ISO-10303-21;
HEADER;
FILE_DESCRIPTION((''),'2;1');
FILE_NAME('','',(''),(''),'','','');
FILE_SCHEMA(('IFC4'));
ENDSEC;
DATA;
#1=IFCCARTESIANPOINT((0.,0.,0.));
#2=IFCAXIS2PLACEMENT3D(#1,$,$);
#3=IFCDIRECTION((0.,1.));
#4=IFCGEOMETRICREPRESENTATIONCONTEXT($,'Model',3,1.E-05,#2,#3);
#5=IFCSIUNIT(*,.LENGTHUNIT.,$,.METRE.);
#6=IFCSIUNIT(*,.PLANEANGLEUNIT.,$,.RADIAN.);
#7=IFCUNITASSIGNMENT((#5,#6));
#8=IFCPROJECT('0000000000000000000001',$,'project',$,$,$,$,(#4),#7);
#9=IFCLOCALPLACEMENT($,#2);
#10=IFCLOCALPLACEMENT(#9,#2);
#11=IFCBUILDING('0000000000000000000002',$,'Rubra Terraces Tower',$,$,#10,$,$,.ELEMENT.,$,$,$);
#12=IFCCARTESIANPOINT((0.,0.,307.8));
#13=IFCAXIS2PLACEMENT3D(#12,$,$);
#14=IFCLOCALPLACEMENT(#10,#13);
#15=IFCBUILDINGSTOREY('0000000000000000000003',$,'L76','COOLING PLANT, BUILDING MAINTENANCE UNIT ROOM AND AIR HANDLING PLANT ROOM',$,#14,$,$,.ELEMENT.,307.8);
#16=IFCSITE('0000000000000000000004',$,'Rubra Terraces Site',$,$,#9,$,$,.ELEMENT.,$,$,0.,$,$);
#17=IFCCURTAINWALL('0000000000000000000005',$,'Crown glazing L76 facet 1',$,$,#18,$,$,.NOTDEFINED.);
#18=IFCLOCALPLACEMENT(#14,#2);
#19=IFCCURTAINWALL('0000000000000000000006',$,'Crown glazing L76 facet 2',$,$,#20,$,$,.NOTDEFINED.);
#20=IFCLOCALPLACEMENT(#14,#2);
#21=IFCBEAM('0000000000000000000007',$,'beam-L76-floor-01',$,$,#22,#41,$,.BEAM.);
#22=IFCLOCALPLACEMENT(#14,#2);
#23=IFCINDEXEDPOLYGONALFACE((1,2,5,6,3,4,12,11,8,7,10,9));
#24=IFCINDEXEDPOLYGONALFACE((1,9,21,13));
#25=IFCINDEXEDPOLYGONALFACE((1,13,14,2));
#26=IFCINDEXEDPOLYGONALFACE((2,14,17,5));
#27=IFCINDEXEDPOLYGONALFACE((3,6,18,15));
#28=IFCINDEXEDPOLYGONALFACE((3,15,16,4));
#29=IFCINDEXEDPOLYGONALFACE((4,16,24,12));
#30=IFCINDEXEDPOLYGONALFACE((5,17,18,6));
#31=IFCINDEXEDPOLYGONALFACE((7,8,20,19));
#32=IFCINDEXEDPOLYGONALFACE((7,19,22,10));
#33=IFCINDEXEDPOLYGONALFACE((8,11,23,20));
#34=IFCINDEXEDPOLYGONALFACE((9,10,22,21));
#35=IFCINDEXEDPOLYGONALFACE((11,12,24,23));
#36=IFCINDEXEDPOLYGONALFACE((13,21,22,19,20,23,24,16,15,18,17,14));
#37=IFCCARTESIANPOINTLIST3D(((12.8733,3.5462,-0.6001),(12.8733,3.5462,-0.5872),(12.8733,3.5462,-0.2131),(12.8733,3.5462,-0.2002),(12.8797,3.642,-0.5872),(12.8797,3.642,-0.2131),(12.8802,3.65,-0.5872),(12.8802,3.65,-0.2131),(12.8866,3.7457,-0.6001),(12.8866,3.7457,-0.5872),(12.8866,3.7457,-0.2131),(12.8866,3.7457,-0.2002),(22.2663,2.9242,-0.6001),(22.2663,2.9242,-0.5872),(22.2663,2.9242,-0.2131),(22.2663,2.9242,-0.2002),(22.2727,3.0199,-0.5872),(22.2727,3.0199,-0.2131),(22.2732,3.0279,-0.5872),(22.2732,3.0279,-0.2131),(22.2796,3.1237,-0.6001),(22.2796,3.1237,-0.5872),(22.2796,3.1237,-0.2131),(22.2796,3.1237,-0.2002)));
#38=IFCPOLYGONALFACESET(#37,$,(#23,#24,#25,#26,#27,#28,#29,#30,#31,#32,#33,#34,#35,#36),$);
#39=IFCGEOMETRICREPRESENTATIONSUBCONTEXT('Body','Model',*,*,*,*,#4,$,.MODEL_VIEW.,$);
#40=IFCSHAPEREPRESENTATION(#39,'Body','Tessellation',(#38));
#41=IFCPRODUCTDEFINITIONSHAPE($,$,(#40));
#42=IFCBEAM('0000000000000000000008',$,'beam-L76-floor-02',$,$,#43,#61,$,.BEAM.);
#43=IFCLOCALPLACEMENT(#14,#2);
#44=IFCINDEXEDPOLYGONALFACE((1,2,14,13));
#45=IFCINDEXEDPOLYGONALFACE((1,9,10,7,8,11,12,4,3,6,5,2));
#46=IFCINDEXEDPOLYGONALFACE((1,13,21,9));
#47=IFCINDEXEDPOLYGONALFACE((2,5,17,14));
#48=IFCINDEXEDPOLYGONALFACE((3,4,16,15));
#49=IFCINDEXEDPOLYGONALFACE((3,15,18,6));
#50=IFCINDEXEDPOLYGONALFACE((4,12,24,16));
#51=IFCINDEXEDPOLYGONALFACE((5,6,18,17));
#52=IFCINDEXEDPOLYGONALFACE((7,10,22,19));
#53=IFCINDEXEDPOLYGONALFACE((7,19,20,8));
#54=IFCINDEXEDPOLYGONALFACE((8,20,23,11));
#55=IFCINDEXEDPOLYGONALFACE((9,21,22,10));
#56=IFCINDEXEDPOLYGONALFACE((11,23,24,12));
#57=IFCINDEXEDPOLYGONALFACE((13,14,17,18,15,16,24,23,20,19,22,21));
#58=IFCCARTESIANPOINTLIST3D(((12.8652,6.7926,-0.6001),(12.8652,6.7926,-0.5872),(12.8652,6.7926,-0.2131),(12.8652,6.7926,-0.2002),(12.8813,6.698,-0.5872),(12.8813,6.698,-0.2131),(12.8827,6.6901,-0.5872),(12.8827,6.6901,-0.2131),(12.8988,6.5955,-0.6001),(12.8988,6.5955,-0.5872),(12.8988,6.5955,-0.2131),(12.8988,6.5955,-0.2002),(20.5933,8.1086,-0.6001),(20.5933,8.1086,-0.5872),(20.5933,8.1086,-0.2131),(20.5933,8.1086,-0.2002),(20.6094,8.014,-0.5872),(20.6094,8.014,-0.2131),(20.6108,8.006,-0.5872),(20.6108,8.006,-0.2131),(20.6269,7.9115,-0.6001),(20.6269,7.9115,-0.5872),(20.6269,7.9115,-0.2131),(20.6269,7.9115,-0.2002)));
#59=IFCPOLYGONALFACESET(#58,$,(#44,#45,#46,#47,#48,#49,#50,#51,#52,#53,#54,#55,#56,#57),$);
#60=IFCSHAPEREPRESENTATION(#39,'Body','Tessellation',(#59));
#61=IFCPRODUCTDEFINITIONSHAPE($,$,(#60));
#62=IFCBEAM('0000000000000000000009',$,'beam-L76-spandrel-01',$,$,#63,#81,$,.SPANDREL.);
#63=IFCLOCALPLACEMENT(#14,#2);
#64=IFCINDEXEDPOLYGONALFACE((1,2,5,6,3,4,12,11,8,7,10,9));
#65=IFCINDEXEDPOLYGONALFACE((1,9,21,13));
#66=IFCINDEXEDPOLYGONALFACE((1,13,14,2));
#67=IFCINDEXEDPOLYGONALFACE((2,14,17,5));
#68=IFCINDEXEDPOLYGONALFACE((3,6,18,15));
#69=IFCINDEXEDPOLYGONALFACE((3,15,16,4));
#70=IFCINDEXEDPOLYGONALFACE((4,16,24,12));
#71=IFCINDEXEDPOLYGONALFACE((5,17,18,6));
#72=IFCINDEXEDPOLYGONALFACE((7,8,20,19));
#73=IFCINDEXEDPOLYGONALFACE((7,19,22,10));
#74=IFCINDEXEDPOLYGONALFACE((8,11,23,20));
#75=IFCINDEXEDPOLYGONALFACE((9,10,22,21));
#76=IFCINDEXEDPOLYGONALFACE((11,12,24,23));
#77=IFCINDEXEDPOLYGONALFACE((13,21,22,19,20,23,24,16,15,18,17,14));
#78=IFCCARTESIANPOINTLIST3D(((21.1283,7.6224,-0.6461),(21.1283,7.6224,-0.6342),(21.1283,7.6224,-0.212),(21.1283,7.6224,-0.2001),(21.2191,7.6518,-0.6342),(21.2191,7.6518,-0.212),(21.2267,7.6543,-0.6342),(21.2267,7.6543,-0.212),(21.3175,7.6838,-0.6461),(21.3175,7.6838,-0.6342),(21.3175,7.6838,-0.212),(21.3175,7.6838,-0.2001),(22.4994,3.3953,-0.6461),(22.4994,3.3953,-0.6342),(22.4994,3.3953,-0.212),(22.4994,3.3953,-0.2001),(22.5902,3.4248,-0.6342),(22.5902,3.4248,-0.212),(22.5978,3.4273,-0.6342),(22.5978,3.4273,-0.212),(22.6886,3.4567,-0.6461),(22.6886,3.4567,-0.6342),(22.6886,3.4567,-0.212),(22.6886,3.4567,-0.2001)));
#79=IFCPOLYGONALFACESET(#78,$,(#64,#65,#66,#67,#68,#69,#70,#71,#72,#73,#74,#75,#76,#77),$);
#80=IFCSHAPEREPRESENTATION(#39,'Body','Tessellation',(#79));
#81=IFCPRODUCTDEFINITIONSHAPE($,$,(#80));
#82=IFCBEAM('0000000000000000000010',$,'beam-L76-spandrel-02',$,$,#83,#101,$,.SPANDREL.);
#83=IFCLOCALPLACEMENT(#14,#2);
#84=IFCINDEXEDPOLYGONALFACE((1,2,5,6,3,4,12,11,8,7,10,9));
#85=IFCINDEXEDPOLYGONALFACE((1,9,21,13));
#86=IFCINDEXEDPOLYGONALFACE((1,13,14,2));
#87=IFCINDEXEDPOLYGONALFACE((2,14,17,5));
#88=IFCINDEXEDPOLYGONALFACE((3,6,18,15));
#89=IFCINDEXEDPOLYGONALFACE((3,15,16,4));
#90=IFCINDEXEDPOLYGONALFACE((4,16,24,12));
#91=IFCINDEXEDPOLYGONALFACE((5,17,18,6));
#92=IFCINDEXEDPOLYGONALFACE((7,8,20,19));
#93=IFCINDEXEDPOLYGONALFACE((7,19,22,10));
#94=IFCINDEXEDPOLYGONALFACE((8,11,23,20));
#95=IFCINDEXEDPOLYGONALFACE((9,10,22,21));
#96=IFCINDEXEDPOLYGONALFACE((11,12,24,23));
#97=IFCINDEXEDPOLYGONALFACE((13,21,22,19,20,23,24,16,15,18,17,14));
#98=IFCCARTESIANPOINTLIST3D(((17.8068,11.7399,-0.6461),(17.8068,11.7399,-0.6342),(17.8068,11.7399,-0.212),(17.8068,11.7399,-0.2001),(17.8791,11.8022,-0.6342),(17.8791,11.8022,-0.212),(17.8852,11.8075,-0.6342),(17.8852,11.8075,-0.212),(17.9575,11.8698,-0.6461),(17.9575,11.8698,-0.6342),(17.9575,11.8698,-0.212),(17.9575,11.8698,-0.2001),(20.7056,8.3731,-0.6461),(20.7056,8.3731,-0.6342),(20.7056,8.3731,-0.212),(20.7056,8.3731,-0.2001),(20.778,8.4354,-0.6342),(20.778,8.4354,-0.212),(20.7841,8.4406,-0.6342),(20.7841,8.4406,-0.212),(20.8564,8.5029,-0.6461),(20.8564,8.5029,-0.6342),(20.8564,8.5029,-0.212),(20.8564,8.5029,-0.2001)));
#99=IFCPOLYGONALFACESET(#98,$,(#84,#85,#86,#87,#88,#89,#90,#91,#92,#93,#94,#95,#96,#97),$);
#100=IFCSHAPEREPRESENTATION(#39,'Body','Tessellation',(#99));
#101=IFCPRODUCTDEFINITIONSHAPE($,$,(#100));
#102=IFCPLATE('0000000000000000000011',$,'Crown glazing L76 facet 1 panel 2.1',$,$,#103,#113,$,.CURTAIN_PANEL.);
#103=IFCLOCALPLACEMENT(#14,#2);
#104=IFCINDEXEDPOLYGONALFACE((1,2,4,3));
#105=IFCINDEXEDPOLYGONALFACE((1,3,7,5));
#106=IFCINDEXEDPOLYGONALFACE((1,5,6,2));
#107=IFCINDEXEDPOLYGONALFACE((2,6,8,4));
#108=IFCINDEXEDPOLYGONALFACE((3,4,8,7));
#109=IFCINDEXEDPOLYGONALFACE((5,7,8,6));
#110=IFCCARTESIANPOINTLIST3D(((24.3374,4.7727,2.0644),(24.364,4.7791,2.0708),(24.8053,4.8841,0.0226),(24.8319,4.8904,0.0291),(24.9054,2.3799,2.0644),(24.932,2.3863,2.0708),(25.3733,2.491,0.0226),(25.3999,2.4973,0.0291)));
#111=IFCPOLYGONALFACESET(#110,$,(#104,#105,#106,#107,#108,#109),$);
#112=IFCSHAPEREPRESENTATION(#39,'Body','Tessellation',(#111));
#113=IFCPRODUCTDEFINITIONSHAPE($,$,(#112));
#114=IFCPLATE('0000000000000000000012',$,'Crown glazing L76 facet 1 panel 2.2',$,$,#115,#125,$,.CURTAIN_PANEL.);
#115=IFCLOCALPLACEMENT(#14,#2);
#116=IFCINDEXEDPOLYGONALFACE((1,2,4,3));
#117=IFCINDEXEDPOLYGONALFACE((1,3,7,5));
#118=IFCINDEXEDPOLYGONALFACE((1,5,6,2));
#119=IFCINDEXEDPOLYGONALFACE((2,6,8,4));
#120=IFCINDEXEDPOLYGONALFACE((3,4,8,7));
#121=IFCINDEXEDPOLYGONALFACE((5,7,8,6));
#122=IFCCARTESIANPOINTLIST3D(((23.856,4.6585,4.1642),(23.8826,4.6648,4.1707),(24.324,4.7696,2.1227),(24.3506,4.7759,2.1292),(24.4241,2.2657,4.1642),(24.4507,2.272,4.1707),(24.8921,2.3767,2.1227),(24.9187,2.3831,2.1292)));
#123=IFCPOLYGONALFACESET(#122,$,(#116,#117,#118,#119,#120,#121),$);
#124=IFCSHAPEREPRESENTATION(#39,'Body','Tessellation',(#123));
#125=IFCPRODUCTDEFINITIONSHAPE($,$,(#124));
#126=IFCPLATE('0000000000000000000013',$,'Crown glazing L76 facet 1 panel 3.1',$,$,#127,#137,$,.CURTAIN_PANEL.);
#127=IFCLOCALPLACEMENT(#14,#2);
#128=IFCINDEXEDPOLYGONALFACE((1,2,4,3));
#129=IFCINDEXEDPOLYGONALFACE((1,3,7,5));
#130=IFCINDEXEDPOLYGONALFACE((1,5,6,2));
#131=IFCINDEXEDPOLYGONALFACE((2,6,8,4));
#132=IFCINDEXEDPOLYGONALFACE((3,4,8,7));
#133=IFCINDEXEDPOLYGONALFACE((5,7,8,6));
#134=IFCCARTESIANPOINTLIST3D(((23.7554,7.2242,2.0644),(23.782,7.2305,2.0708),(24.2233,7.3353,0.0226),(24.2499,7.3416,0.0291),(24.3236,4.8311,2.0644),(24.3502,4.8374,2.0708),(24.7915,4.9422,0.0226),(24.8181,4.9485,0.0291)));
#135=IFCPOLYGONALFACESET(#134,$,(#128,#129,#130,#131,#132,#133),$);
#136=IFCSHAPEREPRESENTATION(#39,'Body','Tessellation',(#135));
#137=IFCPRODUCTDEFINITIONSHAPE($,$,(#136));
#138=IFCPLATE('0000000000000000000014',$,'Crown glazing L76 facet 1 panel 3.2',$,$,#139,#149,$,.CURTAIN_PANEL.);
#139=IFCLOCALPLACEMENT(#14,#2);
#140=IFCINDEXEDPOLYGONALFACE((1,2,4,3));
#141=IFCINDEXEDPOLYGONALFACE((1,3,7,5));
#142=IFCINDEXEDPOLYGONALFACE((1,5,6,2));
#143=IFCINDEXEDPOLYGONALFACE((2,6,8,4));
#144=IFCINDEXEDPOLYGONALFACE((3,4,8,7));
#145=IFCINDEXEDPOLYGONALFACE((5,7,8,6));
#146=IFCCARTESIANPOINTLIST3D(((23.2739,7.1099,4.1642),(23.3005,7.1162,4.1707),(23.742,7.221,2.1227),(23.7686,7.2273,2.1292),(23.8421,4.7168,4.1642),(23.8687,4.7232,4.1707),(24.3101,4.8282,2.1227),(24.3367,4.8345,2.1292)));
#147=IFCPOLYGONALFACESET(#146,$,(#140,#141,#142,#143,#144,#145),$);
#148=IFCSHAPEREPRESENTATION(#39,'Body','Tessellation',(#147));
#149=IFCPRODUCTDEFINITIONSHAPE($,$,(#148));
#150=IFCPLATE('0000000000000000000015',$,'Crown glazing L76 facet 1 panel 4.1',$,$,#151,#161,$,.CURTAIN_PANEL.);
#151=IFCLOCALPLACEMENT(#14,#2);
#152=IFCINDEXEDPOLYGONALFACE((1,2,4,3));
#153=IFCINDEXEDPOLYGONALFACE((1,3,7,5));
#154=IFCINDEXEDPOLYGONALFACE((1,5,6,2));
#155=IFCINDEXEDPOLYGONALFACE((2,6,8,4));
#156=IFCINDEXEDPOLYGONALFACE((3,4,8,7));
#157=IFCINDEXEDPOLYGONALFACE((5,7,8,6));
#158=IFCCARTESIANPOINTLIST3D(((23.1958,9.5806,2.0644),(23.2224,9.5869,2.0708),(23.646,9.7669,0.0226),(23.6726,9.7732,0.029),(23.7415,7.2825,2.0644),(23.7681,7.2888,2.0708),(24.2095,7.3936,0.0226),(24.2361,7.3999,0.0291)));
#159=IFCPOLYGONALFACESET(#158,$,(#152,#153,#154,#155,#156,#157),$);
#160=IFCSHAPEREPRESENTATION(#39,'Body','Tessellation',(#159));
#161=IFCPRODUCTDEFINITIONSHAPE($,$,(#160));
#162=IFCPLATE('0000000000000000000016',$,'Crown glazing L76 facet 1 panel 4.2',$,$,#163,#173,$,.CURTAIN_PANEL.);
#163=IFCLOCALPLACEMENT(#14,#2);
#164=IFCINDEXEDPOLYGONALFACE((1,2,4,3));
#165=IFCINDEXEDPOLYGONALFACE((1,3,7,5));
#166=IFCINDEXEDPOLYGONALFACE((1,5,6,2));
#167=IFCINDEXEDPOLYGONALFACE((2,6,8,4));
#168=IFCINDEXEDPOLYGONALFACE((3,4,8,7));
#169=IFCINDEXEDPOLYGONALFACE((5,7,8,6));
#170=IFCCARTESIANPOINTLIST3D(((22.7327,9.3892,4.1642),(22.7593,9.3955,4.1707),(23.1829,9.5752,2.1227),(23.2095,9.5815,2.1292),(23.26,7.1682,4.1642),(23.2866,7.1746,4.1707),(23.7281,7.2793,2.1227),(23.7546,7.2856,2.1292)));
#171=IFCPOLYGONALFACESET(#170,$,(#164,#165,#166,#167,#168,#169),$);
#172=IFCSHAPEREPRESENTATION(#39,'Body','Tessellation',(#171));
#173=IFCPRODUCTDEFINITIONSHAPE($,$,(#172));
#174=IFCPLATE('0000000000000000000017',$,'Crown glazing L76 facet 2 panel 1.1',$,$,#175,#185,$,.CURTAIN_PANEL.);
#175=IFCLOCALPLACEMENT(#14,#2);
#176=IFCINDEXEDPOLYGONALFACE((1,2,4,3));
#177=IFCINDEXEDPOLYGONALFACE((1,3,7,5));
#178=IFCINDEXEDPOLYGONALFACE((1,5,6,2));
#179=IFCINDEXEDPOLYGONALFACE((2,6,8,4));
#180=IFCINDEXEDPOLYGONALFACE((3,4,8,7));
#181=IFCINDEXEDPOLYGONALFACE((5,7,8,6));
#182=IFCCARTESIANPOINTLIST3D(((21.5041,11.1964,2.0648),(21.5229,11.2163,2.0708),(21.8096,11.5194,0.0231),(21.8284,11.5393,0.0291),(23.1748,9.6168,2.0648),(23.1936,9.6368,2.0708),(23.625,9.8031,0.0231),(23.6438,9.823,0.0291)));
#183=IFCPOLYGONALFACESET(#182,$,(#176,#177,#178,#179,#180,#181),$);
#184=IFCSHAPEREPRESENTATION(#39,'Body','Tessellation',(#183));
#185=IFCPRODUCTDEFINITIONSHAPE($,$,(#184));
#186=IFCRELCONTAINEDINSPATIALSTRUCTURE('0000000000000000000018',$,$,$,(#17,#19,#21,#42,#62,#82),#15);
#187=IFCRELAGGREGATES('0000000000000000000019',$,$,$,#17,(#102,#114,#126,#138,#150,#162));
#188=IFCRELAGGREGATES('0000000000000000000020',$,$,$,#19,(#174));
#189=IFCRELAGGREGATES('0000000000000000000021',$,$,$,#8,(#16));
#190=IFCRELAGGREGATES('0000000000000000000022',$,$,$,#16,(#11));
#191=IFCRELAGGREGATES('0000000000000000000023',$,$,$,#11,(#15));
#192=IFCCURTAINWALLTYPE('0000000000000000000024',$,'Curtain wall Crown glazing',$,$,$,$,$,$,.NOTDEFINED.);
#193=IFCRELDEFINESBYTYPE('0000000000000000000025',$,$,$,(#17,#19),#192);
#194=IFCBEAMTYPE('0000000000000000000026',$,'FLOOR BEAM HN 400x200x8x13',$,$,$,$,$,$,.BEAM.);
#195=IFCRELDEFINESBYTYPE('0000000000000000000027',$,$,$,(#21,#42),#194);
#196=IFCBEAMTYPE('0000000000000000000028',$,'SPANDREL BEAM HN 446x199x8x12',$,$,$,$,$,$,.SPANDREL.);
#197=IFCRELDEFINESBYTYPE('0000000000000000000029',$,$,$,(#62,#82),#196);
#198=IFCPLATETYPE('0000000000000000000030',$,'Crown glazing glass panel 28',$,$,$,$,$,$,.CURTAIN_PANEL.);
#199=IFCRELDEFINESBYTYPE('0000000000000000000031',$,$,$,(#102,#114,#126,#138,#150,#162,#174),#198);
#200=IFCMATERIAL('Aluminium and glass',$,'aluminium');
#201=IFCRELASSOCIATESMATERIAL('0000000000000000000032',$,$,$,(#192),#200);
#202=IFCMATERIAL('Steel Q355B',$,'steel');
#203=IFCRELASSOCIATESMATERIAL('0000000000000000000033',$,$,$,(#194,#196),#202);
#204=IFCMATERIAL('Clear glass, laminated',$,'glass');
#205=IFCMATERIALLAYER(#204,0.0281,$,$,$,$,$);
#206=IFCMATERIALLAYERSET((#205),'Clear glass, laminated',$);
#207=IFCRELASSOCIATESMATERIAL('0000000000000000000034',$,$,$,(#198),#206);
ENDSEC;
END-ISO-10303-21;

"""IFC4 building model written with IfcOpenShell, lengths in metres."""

from ifc_helpers import new_model, si_unit, direction, frame, origin, origin_2d, place, context, subcontext, project, spatial, polyline, i_section, outline, extrude, material, layer, layer_set, material_profile, profile_set, type_object, element, aggregate, save


model = new_model("IFC4")

# Units and contexts
model_context = context("Model", 3, precision=1e-05, world=origin(), true_north=direction((0.0, 1.0)))
body_context = subcontext(model_context, "Body", "Model", "MODEL_VIEW")
ifc_project = project(units=[si_unit("LENGTHUNIT", "METRE"), si_unit("PLANEANGLEUNIT", "RADIAN")], contexts=[model_context])

# Site, building, storey
site_placement = place(None, origin())
site = spatial("IfcSite", under=ifc_project, at=site_placement, Name="Rubra Terraces Site", CompositionType="ELEMENT", RefElevation=0.0)
building_placement = place(site_placement, origin())
building = spatial("IfcBuilding", under=site, at=building_placement, Name="Rubra Terraces Tower", CompositionType="ELEMENT")
storey_placement = place(building_placement, frame((0.0, 0.0, 307.8)))
storey = spatial("IfcBuildingStorey", under=building, at=storey_placement, Name="L76", Description="COOLING PLANT, BUILDING MAINTENANCE UNIT ROOM AND AIR HANDLING PLANT ROOM", CompositionType="ELEMENT", Elevation=307.8)

# Shared definitions
ifc_material_1 = material(Name="Steel Q355B", Category="steel")

# Curtain walls
ifc_material_2 = material(Name="Aluminium and glass", Category="aluminium")
curtain_wall_type = type_object("IfcCurtainWallType", Name="Curtain wall Crown glazing", PredefinedType="NOTDEFINED", material=ifc_material_2)
curtain_wall_1_placement = place(storey_placement, origin())
curtain_wall_1 = element("IfcCurtainWall", 1, at=curtain_wall_1_placement, inside=storey, type_object=curtain_wall_type, Name="Crown glazing L76 facet 1", PredefinedType="NOTDEFINED")
curtain_wall_2_placement = place(storey_placement, origin())
curtain_wall_2 = element("IfcCurtainWall", 2, at=curtain_wall_2_placement, inside=storey, type_object=curtain_wall_type, Name="Crown glazing L76 facet 2", PredefinedType="NOTDEFINED")

# Beams
ifc_material_profile_1 = material_profile(ifc_material_1, i_section(OverallWidth=0.2, OverallDepth=0.3999, WebThickness=0.0081, FlangeThickness=0.0129, at=origin_2d()), Name="HN 400x200x8x13")
ifc_profile_set_1 = profile_set([ifc_material_profile_1], Name="Steel Q355B")
beam_type_1 = type_object("IfcBeamType", Name="FLOOR BEAM HN 400x200x8x13", PredefinedType="BEAM", material=ifc_profile_set_1)
beam_1_placement = place(storey_placement, frame((22.2729, 3.0239, -0.4001), z_axis=(-0.997814, 0.066082, 0.0), x_axis=(-0.066082, -0.997814, 0.0)))
element("IfcBeam", 3, at=beam_1_placement, inside=storey, type_object=beam_type_1, Name="beam-L76-floor-01", PredefinedType="BEAM", context=body_context, shape_type="SweptSolid", body=[
    extrude(i_section(OverallWidth=0.2, OverallDepth=0.3999, WebThickness=0.0081, FlangeThickness=0.0129, at=origin_2d()), origin(), (0.0, 0.0, 1.0), 9.4136),
])
beam_2_placement = place(storey_placement, frame((20.6101, 8.01, -0.4001), z_axis=(-0.98581, -0.167862, 0.0), x_axis=(0.167862, -0.98581, 0.0)))
element("IfcBeam", 4, at=beam_2_placement, inside=storey, type_object=beam_type_1, Name="beam-L76-floor-02", PredefinedType="BEAM", context=body_context, shape_type="SweptSolid", body=[
    extrude(i_section(OverallWidth=0.2, OverallDepth=0.3999, WebThickness=0.0081, FlangeThickness=0.0129, at=origin_2d()), origin(), (0.0, 0.0, 1.0), 7.8394),
])
ifc_material_profile_2 = material_profile(ifc_material_1, i_section(OverallWidth=0.199, OverallDepth=0.446, WebThickness=0.0081, FlangeThickness=0.012, at=origin_2d()), Name="HN 446x199x8x12")
ifc_profile_set_2 = profile_set([ifc_material_profile_2], Name="Steel Q355B")
beam_type_2 = type_object("IfcBeamType", Name="SPANDREL BEAM HN 446x199x8x12", PredefinedType="SPANDREL", material=ifc_profile_set_2)
beam_3_placement = place(storey_placement, frame((22.594, 3.426, -0.4231), z_axis=(-0.308537, 0.951212, 0.0), x_axis=(-0.951212, -0.308537, 0.0)))
element("IfcBeam", 5, at=beam_3_placement, inside=storey, type_object=beam_type_2, Name="beam-L76-spandrel-01", PredefinedType="SPANDREL", context=body_context, shape_type="SweptSolid", body=[
    extrude(i_section(OverallWidth=0.199, OverallDepth=0.446, WebThickness=0.0081, FlangeThickness=0.012, at=origin_2d()), origin(), (0.0, 0.0, 1.0), 4.4438),
])
beam_4_placement = place(storey_placement, frame((20.781, 8.438, -0.4231), z_axis=(-0.652473, 0.757812, 0.0), x_axis=(-0.757812, -0.652473, 0.0)))
element("IfcBeam", 6, at=beam_4_placement, inside=storey, type_object=beam_type_2, Name="beam-L76-spandrel-02", PredefinedType="SPANDREL", context=body_context, shape_type="SweptSolid", body=[
    extrude(i_section(OverallWidth=0.199, OverallDepth=0.446, WebThickness=0.0081, FlangeThickness=0.012, at=origin_2d()), origin(), (0.0, 0.0, 1.0), 4.4429),
])

# Plates
ifc_material_3 = material(Name="Clear glass, laminated", Category="glass")
ifc_layer_1 = layer(ifc_material_3, 0.0281)
ifc_layer_set_1 = layer_set([ifc_layer_1], Name="Clear glass, laminated")
plate_type = type_object("IfcPlateType", Name="Crown glazing glass panel 28", PredefinedType="CURTAIN_PANEL", material=ifc_layer_set_1)
plate_1_placement = place(storey_placement, frame((25.3999, 2.4973, 0.0291), z_axis=(0.947049, 0.224793, 0.229273), x_axis=(-0.230947, 0.972966, 0.000008)))
plate_1 = element("IfcPlate", 7, at=plate_1_placement, type_object=plate_type, Name="Crown glazing L76 facet 1 panel 2.1", PredefinedType="CURTAIN_PANEL", context=body_context, shape_type="SweptSolid", body=[
    extrude(outline(polyline([(0.0, 0.0), (2.4596, 0.0), (2.4593, 2.0976), (0.0, 2.0976), (0.0, 0.0)])), origin(), (0.0, 0.0, -1.0), 0.0281),
])
plate_2_placement = place(storey_placement, frame((24.9187, 2.3831, 2.1292), z_axis=(0.94702, 0.224846, 0.22934), x_axis=(-0.231003, 0.972953, 0.0)))
plate_2 = element("IfcPlate", 8, at=plate_2_placement, type_object=plate_type, Name="Crown glazing L76 facet 1 panel 2.2", PredefinedType="CURTAIN_PANEL", context=body_context, shape_type="SweptSolid", body=[
    extrude(outline(polyline([(0.0, 0.0), (2.4593, 0.0), (2.4594, 2.0974), (0.0, 2.0974), (0.0, 0.0)])), origin(), (0.0, 0.0, -1.0), 0.0281),
])
plate_3_placement = place(storey_placement, frame((24.8181, 4.9485, 0.0291), z_axis=(0.947033, 0.224874, 0.229261), x_axis=(-0.23103, 0.972947, 0.000011)))
plate_3 = element("IfcPlate", 9, at=plate_3_placement, type_object=plate_type, Name="Crown glazing L76 facet 1 panel 3.1", PredefinedType="CURTAIN_PANEL", context=body_context, shape_type="SweptSolid", body=[
    extrude(outline(polyline([(0.0, 0.0), (2.4596, 0.0), (2.4596, 2.0976), (0.0001, 2.0976), (0.0, 0.0)])), origin(), (0.0, 0.0, -1.0), 0.0281),
])
plate_4_placement = place(storey_placement, frame((24.3367, 4.8345, 2.1292), z_axis=(0.94702, 0.224834, 0.229353), x_axis=(-0.230993, 0.972956, 0.000003)))
plate_4 = element("IfcPlate", 10, at=plate_4_placement, type_object=plate_type, Name="Crown glazing L76 facet 1 panel 3.2", PredefinedType="CURTAIN_PANEL", context=body_context, shape_type="SweptSolid", body=[
    extrude(outline(polyline([(0.0, 0.0), (2.4593, 0.0), (2.4594, 2.0974), (-0.0002, 2.0974), (0.0, 0.0)])), origin(), (0.0, 0.0, -1.0), 0.0281),
])
plate_5_placement = place(storey_placement, frame((24.2361, 7.3999, 0.0291), z_axis=(0.947023, 0.224852, 0.229321), x_axis=(-0.231008, 0.972952, -0.000001)))
plate_5 = element("IfcPlate", 11, at=plate_5_placement, type_object=plate_type, Name="Crown glazing L76 facet 1 panel 4.1", PredefinedType="CURTAIN_PANEL", context=body_context, shape_type="SweptSolid", body=[
    extrude(outline(polyline([(0.0, 0.0), (2.4393, 0.0), (2.362, 2.0977), (0.0, 2.0976), (0.0, 0.0)])), origin(), (0.0, 0.0, -1.0), 0.0281),
])
plate_6_placement = place(storey_placement, frame((23.7546, 7.2856, 2.1292), z_axis=(0.947017, 0.224866, 0.229335), x_axis=(-0.231024, 0.972948, 0.000001)))
plate_6 = element("IfcPlate", 12, at=plate_6_placement, type_object=plate_type, Name="Crown glazing L76 facet 1 panel 4.2", PredefinedType="CURTAIN_PANEL", context=body_context, shape_type="SweptSolid", body=[
    extrude(outline(polyline([(0.0, 0.0), (2.3597, 0.0), (2.2827, 2.0974), (0.0, 2.0974), (0.0, 0.0)])), origin(), (0.0, 0.0, -1.0), 0.0281),
])
aggregate(curtain_wall_1, [plate_1, plate_2, plate_3, plate_4, plate_5, plate_6])
plate_7_placement = place(storey_placement, frame((23.6438, 9.823, 0.0291), z_axis=(0.671277, 0.710013, 0.212764), x_axis=(-0.726651, 0.687007, 0.000005)))
plate_7 = element("IfcPlate", 13, at=plate_7_placement, type_object=plate_type, Name="Crown glazing L76 facet 2 panel 1.1", PredefinedType="CURTAIN_PANEL", context=body_context, shape_type="SweptSolid", body=[
    extrude(outline(polyline([(0.0, 0.0), (2.4983, 0.0), (2.4983, 2.0896), (0.1992, 2.0896), (0.0, 0.0)])), origin(), (0.0, 0.0, -1.0), 0.0281),
])
aggregate(curtain_wall_2, [plate_7])

save(model, "model.ifc")
